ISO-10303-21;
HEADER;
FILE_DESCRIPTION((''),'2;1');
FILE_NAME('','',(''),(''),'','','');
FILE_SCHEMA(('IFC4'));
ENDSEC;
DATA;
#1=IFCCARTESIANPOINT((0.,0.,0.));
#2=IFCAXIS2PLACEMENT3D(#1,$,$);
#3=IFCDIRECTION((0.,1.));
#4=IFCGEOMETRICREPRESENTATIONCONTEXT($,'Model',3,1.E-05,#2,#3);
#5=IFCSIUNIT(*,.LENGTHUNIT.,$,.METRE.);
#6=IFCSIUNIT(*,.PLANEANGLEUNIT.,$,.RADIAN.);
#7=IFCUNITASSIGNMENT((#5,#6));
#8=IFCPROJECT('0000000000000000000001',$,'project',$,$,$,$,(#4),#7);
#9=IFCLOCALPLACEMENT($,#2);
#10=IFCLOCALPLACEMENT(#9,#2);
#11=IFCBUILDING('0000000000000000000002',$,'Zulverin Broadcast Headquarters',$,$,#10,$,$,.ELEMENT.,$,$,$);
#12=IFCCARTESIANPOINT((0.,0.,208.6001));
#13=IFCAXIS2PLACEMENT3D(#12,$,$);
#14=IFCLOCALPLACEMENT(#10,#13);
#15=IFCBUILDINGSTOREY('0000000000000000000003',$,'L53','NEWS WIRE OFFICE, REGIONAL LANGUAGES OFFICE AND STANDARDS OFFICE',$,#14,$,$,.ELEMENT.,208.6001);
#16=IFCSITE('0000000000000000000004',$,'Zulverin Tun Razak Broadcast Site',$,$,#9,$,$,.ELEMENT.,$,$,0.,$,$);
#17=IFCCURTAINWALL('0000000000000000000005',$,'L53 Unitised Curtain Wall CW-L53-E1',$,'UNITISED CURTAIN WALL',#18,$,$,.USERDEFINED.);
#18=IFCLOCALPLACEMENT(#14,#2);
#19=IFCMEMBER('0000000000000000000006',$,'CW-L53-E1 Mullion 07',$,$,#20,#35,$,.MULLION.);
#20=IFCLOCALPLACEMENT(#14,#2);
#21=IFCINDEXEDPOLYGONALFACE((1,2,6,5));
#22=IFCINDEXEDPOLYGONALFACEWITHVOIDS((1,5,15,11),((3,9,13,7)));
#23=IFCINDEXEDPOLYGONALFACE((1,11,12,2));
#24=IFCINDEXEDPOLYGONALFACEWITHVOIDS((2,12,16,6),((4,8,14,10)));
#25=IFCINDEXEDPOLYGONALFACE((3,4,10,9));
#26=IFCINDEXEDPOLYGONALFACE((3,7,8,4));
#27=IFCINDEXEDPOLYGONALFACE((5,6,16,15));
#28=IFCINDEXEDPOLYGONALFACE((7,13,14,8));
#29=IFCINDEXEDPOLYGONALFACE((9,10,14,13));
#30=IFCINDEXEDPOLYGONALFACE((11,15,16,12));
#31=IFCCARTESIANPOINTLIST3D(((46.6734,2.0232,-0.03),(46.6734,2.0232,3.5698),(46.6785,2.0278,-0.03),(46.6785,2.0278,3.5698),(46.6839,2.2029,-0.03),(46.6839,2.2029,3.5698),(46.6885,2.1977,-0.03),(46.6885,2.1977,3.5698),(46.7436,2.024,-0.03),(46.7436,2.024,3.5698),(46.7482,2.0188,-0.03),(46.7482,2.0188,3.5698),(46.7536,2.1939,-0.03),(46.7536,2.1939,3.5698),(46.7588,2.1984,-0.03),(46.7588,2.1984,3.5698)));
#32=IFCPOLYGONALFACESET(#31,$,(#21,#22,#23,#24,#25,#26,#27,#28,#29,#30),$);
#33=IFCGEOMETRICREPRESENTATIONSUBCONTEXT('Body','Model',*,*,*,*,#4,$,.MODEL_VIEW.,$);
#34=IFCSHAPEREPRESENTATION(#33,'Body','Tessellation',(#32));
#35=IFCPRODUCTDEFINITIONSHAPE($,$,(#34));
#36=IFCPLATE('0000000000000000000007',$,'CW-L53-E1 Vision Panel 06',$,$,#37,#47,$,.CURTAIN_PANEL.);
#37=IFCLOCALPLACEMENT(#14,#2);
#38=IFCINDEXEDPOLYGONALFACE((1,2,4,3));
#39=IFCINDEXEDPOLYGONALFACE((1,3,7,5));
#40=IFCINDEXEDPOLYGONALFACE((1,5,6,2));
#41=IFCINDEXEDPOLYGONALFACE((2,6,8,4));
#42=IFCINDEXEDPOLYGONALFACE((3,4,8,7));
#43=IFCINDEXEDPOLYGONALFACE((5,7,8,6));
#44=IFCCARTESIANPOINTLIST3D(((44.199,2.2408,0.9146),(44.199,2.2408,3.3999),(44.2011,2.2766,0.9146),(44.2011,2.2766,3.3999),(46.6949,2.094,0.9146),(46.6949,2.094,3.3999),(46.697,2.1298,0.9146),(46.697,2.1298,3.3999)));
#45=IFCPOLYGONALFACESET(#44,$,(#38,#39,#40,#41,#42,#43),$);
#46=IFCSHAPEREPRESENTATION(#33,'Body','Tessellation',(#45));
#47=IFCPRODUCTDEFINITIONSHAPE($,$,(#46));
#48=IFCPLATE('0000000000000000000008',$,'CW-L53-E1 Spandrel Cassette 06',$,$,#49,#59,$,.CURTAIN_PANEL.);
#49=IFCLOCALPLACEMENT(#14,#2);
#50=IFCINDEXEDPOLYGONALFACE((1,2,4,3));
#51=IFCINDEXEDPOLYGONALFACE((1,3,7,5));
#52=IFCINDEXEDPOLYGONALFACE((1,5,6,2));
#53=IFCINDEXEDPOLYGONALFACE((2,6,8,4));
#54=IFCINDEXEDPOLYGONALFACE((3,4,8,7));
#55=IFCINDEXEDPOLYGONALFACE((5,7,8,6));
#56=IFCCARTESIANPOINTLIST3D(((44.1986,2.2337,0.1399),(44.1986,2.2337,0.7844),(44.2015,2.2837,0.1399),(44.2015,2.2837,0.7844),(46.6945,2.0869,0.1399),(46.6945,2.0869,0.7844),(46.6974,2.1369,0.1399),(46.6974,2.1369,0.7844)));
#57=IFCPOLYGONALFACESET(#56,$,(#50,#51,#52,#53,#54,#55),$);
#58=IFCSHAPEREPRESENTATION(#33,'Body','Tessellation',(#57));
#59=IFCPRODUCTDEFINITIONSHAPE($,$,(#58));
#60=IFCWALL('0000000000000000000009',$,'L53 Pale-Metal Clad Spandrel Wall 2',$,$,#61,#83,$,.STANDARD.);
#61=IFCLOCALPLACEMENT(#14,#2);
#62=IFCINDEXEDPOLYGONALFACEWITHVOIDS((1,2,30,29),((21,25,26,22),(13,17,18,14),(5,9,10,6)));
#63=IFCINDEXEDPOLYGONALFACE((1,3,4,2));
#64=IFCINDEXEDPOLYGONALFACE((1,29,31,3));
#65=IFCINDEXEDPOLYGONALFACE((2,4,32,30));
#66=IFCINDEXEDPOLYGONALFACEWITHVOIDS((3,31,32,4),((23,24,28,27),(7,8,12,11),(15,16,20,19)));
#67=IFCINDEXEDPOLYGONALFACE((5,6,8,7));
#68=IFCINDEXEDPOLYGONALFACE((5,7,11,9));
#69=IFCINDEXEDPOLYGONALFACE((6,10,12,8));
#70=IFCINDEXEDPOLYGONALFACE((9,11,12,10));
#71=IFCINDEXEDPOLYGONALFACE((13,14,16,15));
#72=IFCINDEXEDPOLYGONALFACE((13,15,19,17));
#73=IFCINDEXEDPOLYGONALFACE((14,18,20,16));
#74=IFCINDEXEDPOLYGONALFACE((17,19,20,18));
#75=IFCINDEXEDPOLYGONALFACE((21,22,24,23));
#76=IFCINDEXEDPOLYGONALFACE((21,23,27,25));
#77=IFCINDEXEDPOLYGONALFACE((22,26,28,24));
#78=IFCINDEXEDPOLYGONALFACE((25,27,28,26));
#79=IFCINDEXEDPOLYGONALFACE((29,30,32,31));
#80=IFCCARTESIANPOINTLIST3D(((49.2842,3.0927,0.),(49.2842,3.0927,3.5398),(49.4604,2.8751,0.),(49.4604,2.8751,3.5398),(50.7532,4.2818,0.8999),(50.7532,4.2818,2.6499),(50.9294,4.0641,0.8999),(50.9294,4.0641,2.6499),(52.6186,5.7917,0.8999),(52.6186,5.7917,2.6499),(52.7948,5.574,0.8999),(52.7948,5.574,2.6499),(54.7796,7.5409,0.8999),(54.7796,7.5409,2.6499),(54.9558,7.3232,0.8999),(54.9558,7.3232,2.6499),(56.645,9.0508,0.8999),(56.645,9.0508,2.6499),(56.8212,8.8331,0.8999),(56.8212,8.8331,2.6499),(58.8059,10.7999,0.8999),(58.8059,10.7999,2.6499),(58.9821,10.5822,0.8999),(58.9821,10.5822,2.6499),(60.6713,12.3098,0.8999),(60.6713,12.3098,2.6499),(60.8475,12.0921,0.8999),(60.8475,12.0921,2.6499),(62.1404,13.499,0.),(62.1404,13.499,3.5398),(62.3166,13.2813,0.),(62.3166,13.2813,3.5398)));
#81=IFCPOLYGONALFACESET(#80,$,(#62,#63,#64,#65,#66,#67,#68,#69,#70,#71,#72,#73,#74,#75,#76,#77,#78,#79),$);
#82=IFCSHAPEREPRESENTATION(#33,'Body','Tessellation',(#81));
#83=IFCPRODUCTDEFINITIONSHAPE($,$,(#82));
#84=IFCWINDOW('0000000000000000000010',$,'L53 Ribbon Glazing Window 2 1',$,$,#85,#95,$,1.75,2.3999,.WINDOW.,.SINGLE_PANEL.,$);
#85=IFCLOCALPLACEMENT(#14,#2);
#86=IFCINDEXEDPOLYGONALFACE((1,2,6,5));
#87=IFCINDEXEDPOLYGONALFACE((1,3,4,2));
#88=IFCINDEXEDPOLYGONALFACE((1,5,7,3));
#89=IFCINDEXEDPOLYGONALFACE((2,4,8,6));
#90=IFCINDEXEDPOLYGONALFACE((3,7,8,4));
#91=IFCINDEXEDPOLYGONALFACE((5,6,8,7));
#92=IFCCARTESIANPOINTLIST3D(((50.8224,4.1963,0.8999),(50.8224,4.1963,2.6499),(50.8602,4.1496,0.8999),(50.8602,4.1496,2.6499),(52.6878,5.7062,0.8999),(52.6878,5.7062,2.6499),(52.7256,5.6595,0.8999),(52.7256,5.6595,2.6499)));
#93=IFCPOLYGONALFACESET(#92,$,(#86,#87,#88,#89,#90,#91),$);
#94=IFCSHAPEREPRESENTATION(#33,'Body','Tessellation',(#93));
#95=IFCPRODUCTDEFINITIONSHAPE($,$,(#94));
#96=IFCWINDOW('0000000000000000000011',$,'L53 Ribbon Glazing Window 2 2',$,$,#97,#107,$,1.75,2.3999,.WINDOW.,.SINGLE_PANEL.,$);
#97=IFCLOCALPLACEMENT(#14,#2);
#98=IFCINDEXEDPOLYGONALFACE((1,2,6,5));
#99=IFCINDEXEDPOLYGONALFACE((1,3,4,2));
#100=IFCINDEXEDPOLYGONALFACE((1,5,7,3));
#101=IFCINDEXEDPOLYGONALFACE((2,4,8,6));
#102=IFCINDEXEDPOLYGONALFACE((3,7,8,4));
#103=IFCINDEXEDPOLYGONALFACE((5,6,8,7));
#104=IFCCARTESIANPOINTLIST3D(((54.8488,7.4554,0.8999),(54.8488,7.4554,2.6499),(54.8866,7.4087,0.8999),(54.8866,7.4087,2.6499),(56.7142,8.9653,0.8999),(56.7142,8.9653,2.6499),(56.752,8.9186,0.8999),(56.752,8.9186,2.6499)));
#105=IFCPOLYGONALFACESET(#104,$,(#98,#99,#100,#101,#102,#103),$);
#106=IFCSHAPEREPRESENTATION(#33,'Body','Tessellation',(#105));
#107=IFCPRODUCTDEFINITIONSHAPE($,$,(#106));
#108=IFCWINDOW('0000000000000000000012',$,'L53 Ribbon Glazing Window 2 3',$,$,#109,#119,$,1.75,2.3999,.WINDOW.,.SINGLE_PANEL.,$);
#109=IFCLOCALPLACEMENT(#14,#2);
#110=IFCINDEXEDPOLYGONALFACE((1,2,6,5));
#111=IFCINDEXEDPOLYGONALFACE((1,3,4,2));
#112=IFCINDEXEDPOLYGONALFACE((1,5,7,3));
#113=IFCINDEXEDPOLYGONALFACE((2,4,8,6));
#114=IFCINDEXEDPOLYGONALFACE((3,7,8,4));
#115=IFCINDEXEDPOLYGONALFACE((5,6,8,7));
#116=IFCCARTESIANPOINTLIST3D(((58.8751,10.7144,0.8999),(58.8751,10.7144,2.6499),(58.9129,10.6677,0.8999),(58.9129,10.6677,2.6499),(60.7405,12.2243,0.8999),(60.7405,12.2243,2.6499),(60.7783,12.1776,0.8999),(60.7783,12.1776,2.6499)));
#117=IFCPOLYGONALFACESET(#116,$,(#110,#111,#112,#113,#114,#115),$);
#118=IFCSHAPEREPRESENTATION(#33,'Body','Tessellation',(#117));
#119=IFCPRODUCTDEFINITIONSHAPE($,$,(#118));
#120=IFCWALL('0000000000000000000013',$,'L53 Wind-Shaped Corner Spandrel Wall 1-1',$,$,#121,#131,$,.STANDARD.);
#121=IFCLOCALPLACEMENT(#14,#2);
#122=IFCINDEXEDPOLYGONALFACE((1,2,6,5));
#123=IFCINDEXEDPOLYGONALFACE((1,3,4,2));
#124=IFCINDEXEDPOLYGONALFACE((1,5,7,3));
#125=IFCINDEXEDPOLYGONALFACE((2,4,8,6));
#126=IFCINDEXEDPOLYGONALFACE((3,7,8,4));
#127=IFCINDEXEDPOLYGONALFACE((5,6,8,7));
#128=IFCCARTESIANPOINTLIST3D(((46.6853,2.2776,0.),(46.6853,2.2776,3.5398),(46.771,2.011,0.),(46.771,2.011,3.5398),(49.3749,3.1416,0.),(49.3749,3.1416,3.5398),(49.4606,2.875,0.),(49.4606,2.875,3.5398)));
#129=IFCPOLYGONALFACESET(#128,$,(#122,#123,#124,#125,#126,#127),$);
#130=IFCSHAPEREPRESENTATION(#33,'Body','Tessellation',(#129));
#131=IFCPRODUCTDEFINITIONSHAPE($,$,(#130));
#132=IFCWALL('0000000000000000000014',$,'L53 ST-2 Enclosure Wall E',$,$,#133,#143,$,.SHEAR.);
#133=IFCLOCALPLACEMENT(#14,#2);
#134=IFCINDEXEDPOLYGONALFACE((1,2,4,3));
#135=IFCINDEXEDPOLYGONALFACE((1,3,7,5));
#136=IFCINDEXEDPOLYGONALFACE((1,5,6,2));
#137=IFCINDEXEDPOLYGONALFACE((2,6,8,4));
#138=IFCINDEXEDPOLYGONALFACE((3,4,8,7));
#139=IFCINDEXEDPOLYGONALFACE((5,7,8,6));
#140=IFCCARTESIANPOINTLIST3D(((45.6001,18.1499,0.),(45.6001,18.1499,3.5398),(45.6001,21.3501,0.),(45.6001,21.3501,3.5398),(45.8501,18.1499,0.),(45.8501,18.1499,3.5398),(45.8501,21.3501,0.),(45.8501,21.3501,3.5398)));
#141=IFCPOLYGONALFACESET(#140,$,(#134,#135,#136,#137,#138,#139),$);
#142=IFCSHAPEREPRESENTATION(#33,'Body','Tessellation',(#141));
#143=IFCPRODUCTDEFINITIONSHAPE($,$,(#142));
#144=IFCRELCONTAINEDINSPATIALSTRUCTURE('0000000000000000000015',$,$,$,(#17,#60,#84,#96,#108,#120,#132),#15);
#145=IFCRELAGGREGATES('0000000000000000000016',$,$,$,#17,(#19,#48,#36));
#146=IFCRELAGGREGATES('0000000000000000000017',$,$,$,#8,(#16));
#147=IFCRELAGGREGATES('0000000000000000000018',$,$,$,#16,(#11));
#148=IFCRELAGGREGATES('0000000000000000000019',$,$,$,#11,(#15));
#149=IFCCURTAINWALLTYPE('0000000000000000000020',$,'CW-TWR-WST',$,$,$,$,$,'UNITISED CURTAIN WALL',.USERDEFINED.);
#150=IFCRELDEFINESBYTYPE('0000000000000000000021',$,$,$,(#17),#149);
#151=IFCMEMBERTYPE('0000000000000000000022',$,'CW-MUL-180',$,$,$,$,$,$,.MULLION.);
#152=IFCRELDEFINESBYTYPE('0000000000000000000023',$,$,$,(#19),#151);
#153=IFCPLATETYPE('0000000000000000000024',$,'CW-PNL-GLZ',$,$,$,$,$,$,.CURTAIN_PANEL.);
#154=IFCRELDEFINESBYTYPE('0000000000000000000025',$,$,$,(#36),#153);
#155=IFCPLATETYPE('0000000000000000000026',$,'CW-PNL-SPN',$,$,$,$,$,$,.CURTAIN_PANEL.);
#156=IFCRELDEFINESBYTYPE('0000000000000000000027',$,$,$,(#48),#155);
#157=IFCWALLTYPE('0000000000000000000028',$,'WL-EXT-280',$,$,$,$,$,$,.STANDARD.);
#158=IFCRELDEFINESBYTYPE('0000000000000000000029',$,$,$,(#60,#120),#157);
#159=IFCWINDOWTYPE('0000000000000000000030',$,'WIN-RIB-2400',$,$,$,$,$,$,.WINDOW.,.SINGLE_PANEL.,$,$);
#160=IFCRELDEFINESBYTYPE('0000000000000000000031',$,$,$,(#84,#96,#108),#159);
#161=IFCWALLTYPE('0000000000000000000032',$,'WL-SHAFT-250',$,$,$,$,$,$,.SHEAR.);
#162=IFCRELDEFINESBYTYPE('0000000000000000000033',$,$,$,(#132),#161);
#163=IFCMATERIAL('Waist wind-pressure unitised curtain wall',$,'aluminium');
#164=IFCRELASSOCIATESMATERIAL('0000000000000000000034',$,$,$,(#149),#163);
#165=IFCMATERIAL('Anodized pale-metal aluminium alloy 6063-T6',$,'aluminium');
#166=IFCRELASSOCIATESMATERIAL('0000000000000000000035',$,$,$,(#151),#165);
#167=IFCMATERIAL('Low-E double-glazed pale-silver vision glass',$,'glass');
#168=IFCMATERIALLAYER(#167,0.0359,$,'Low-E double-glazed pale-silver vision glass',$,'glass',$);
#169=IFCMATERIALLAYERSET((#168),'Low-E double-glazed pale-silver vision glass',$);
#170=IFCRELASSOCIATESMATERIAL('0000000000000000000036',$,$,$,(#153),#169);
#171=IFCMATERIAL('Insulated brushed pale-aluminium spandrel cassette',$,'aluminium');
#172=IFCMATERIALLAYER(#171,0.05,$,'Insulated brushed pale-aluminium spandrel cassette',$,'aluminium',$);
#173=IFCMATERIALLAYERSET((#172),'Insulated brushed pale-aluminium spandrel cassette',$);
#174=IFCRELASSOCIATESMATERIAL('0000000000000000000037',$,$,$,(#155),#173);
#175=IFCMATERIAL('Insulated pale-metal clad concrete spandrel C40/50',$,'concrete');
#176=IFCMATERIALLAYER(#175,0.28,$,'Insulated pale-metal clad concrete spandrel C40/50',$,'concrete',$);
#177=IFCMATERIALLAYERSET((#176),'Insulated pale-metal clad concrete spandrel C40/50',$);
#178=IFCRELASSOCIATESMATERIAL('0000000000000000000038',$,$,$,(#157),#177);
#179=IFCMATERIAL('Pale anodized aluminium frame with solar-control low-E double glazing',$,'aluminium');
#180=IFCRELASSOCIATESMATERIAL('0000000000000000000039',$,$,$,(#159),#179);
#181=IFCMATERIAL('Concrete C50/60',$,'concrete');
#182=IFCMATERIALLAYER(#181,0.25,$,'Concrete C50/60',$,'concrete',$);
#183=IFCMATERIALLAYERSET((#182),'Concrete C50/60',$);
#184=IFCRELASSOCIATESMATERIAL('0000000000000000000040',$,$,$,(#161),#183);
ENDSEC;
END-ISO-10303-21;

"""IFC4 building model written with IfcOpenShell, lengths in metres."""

from ifc_helpers import new_model, si_unit, direction, frame, frame_2d, origin, origin_2d, place, context, subcontext, project, spatial, rectangle, hollow_rectangle, extrude, material, layer, layer_set, material_profile, profile_set, type_object, element, fill, aggregate, save


model = new_model("IFC4")

# Units and contexts
model_context = context("Model", 3, precision=1e-05, world=origin(), true_north=direction((0.0, 1.0)))
body_context = subcontext(model_context, "Body", "Model", "MODEL_VIEW")
ifc_project = project(units=[si_unit("LENGTHUNIT", "METRE"), si_unit("PLANEANGLEUNIT", "RADIAN")], contexts=[model_context])

# Site, building, storey
site_placement = place(None, origin())
site = spatial("IfcSite", under=ifc_project, at=site_placement, Name="Zulverin Tun Razak Broadcast Site", CompositionType="ELEMENT", RefElevation=0.0)
building_placement = place(site_placement, origin())
building = spatial("IfcBuilding", under=site, at=building_placement, Name="Zulverin Broadcast Headquarters", CompositionType="ELEMENT")
storey_placement = place(building_placement, frame((0.0, 0.0, 208.6001)))
storey = spatial("IfcBuildingStorey", under=building, at=storey_placement, Name="L53", Description="NEWS WIRE OFFICE, REGIONAL LANGUAGES OFFICE AND STANDARDS OFFICE", CompositionType="ELEMENT", Elevation=208.6001)

# Shared definitions
ifc_material_1 = material(Name="Concrete C50/60", Category="concrete")

# Curtain wall, member, plates
ifc_material_2 = material(Name="Waist wind-pressure unitised curtain wall", Category="aluminium")
curtain_wall_type = type_object("IfcCurtainWallType", Name="CW-TWR-WST", ElementType="UNITISED CURTAIN WALL", PredefinedType="USERDEFINED", material=ifc_material_2)
curtain_wall_placement = place(storey_placement, origin())
curtain_wall = element("IfcCurtainWall", 1, at=curtain_wall_placement, inside=storey, type_object=curtain_wall_type, Name="L53 Unitised Curtain Wall CW-L53-E1", ObjectType="UNITISED CURTAIN WALL", PredefinedType="USERDEFINED")
ifc_material_3 = material(Name="Anodized pale-metal aluminium alloy 6063-T6", Category="aluminium")
ifc_material_profile_1 = material_profile(ifc_material_3, hollow_rectangle(XDim=0.075, YDim=0.1799, WallThickness=0.0049, at=origin_2d()), Name="Anodized pale-metal aluminium alloy 6063-T6", Category="aluminium")
ifc_profile_set_1 = profile_set([ifc_material_profile_1], Name="Anodized pale-metal aluminium alloy 6063-T6")
member_type = type_object("IfcMemberType", Name="CW-MUL-180", PredefinedType="MULLION", material=ifc_profile_set_1)
member_placement = place(storey_placement, frame((46.7161, 2.1108, -0.03), z_axis=(0.0, 0.0, 1.0), x_axis=(0.998274, -0.058721, 0.0)))
member = element("IfcMember", 2, at=member_placement, type_object=member_type, Name="CW-L53-E1 Mullion 07", PredefinedType="MULLION", context=body_context, shape_type="SweptSolid", body=[
    extrude(hollow_rectangle(XDim=0.075, YDim=0.1799, WallThickness=0.0049, at=origin_2d()), origin(), (0.0, 0.0, 1.0), 3.5999),
])
ifc_material_4 = material(Name="Low-E double-glazed pale-silver vision glass", Category="glass")
ifc_layer_1 = layer(ifc_material_4, 0.0359, Name="Low-E double-glazed pale-silver vision glass", Category="glass")
ifc_layer_set_1 = layer_set([ifc_layer_1], Name="Low-E double-glazed pale-silver vision glass")
plate_type_1 = type_object("IfcPlateType", Name="CW-PNL-GLZ", PredefinedType="CURTAIN_PANEL", material=ifc_layer_set_1)
plate_1_placement = place(storey_placement, frame((45.448, 2.1853, 0.9146), z_axis=(0.0, 0.0, 1.0), x_axis=(0.998274, -0.058721, 0.0)))
plate_1 = element("IfcPlate", 3, at=plate_1_placement, type_object=plate_type_1, Name="CW-L53-E1 Vision Panel 06", PredefinedType="CURTAIN_PANEL", context=body_context, shape_type="SweptSolid", body=[
    extrude(rectangle(XDim=2.5002, YDim=0.0359, at=origin_2d()), origin(), (0.0, 0.0, 1.0), 2.4854),
])
ifc_material_5 = material(Name="Insulated brushed pale-aluminium spandrel cassette", Category="aluminium")
ifc_layer_2 = layer(ifc_material_5, 0.05, Name="Insulated brushed pale-aluminium spandrel cassette", Category="aluminium")
ifc_layer_set_2 = layer_set([ifc_layer_2], Name="Insulated brushed pale-aluminium spandrel cassette")
plate_type_2 = type_object("IfcPlateType", Name="CW-PNL-SPN", PredefinedType="CURTAIN_PANEL", material=ifc_layer_set_2)
plate_2_placement = place(storey_placement, frame((45.448, 2.1853, 0.1399), z_axis=(0.0, 0.0, 1.0), x_axis=(0.998274, -0.058721, 0.0)))
plate_2 = element("IfcPlate", 4, at=plate_2_placement, type_object=plate_type_2, Name="CW-L53-E1 Spandrel Cassette 06", PredefinedType="CURTAIN_PANEL", context=body_context, shape_type="SweptSolid", body=[
    extrude(rectangle(XDim=2.5002, YDim=0.05, at=origin_2d()), origin(), (0.0, 0.0, 1.0), 0.6445),
])
aggregate(curtain_wall, [member, plate_2, plate_1])

# Wall, openings, windows
ifc_material_6 = material(Name="Insulated pale-metal clad concrete spandrel C40/50", Category="concrete")
ifc_layer_3 = layer(ifc_material_6, 0.28, Name="Insulated pale-metal clad concrete spandrel C40/50", Category="concrete")
ifc_layer_set_3 = layer_set([ifc_layer_3], Name="Insulated pale-metal clad concrete spandrel C40/50")
wall_type_1 = type_object("IfcWallType", Name="WL-EXT-280", PredefinedType="STANDARD", material=ifc_layer_set_3)
wall_1_placement = place(storey_placement, frame((49.3723, 2.9839, 0.0), z_axis=(0.0, 0.0, 1.0), x_axis=(0.777279, 0.629156, 0.0)))
wall_1 = element("IfcWall", 5, at=wall_1_placement, inside=storey, type_object=wall_type_1, Name="L53 Pale-Metal Clad Spandrel Wall 2", PredefinedType="STANDARD", context=body_context, shape_type="SweptSolid", body=[
    extrude(rectangle(XDim=16.54, YDim=0.28, at=frame_2d((8.27, 0.0))), origin(), (0.0, 0.0, 1.0), 3.5398),
])
opening_1_placement = place(wall_1_placement, frame((1.8899, 0.0, 0.8999)))
opening_1 = element("IfcOpeningElement", 6, at=opening_1_placement, cuts=wall_1, PredefinedType="OPENING", context=body_context, shape_type="SweptSolid", body=[
    extrude(rectangle(XDim=2.3999, YDim=1.75, at=frame_2d((1.2, 0.875))), frame((0.0, 0.1499, 0.0), z_axis=(0.0, -1.0, 0.0), x_axis=(1.0, 0.0, 0.0)), (0.0, 0.0, 1.0), 0.3),
])
opening_2_placement = place(wall_1_placement, frame((7.0701, 0.0, 0.8999)))
opening_2 = element("IfcOpeningElement", 7, at=opening_2_placement, cuts=wall_1, PredefinedType="OPENING", context=body_context, shape_type="SweptSolid", body=[
    extrude(rectangle(XDim=2.3999, YDim=1.75, at=frame_2d((1.2, 0.875))), frame((0.0, 0.1499, 0.0), z_axis=(0.0, -1.0, 0.0), x_axis=(1.0, 0.0, 0.0)), (0.0, 0.0, 1.0), 0.3),
])
opening_3_placement = place(wall_1_placement, frame((12.25, 0.0, 0.8999)))
opening_3 = element("IfcOpeningElement", 8, at=opening_3_placement, cuts=wall_1, PredefinedType="OPENING", context=body_context, shape_type="SweptSolid", body=[
    extrude(rectangle(XDim=2.3999, YDim=1.75, at=frame_2d((1.2, 0.875))), frame((0.0, 0.1499, 0.0), z_axis=(0.0, -1.0, 0.0), x_axis=(1.0, 0.0, 0.0)), (0.0, 0.0, 1.0), 0.3),
])
ifc_material_7 = material(Name="Pale anodized aluminium frame with solar-control low-E double glazing", Category="aluminium")
window_type = type_object("IfcWindowType", Name="WIN-RIB-2400", PartitioningType="SINGLE_PANEL", PredefinedType="WINDOW", material=ifc_material_7)
window_1_placement = place(opening_1_placement, origin())
window_1 = element("IfcWindow", 9, at=window_1_placement, inside=storey, type_object=window_type, Name="L53 Ribbon Glazing Window 2 1", OverallHeight=1.75, OverallWidth=2.3999, PartitioningType="SINGLE_PANEL", PredefinedType="WINDOW", context=body_context, shape_type="SweptSolid", body=[
    extrude(rectangle(XDim=2.3999, YDim=1.75, at=frame_2d((1.2, 0.875))), frame((0.0, 0.03, 0.0), z_axis=(0.0, -1.0, 0.0), x_axis=(1.0, 0.0, 0.0)), (0.0, 0.0, 1.0), 0.0601),
])
fill(opening_1, window_1)
window_2_placement = place(opening_2_placement, origin())
window_2 = element("IfcWindow", 10, at=window_2_placement, inside=storey, type_object=window_type, Name="L53 Ribbon Glazing Window 2 2", OverallHeight=1.75, OverallWidth=2.3999, PartitioningType="SINGLE_PANEL", PredefinedType="WINDOW", context=body_context, shape_type="SweptSolid", body=[
    extrude(rectangle(XDim=2.3999, YDim=1.75, at=frame_2d((1.2, 0.875))), frame((0.0, 0.03, 0.0), z_axis=(0.0, -1.0, 0.0), x_axis=(1.0, 0.0, 0.0)), (0.0, 0.0, 1.0), 0.0601),
])
fill(opening_2, window_2)
window_3_placement = place(opening_3_placement, origin())
window_3 = element("IfcWindow", 11, at=window_3_placement, inside=storey, type_object=window_type, Name="L53 Ribbon Glazing Window 2 3", OverallHeight=1.75, OverallWidth=2.3999, PartitioningType="SINGLE_PANEL", PredefinedType="WINDOW", context=body_context, shape_type="SweptSolid", body=[
    extrude(rectangle(XDim=2.3999, YDim=1.75, at=frame_2d((1.2, 0.875))), frame((0.0, 0.03, 0.0), z_axis=(0.0, -1.0, 0.0), x_axis=(1.0, 0.0, 0.0)), (0.0, 0.0, 1.0), 0.0601),
])
fill(opening_3, window_3)

# Walls
wall_2_placement = place(storey_placement, frame((46.728, 2.1443, 0.0), z_axis=(0.0, 0.0, 1.0), x_axis=(0.952083, 0.305839, 0.0)))
element("IfcWall", 12, at=wall_2_placement, inside=storey, type_object=wall_type_1, Name="L53 Wind-Shaped Corner Spandrel Wall 1-1", PredefinedType="STANDARD", context=body_context, shape_type="SweptSolid", body=[
    extrude(rectangle(XDim=2.825, YDim=0.28, at=frame_2d((1.4126, 0.0))), origin(), (0.0, 0.0, 1.0), 3.5398),
])
ifc_layer_4 = layer(ifc_material_1, 0.25, Name="Concrete C50/60", Category="concrete")
ifc_layer_set_4 = layer_set([ifc_layer_4], Name="Concrete C50/60")
wall_type_2 = type_object("IfcWallType", Name="WL-SHAFT-250", PredefinedType="SHEAR", material=ifc_layer_set_4)
wall_3_placement = place(storey_placement, frame((45.7251, 18.1499, 0.0), z_axis=(0.0, 0.0, 1.0), x_axis=(0.0, 1.0, 0.0)))
element("IfcWall", 13, at=wall_3_placement, inside=storey, type_object=wall_type_2, Name="L53 ST-2 Enclosure Wall E", PredefinedType="SHEAR", context=body_context, shape_type="SweptSolid", body=[
    extrude(rectangle(XDim=3.2002, YDim=0.25, at=frame_2d((1.6001, 0.0))), origin(), (0.0, 0.0, 1.0), 3.5398),
])

save(model, "model.ifc")
